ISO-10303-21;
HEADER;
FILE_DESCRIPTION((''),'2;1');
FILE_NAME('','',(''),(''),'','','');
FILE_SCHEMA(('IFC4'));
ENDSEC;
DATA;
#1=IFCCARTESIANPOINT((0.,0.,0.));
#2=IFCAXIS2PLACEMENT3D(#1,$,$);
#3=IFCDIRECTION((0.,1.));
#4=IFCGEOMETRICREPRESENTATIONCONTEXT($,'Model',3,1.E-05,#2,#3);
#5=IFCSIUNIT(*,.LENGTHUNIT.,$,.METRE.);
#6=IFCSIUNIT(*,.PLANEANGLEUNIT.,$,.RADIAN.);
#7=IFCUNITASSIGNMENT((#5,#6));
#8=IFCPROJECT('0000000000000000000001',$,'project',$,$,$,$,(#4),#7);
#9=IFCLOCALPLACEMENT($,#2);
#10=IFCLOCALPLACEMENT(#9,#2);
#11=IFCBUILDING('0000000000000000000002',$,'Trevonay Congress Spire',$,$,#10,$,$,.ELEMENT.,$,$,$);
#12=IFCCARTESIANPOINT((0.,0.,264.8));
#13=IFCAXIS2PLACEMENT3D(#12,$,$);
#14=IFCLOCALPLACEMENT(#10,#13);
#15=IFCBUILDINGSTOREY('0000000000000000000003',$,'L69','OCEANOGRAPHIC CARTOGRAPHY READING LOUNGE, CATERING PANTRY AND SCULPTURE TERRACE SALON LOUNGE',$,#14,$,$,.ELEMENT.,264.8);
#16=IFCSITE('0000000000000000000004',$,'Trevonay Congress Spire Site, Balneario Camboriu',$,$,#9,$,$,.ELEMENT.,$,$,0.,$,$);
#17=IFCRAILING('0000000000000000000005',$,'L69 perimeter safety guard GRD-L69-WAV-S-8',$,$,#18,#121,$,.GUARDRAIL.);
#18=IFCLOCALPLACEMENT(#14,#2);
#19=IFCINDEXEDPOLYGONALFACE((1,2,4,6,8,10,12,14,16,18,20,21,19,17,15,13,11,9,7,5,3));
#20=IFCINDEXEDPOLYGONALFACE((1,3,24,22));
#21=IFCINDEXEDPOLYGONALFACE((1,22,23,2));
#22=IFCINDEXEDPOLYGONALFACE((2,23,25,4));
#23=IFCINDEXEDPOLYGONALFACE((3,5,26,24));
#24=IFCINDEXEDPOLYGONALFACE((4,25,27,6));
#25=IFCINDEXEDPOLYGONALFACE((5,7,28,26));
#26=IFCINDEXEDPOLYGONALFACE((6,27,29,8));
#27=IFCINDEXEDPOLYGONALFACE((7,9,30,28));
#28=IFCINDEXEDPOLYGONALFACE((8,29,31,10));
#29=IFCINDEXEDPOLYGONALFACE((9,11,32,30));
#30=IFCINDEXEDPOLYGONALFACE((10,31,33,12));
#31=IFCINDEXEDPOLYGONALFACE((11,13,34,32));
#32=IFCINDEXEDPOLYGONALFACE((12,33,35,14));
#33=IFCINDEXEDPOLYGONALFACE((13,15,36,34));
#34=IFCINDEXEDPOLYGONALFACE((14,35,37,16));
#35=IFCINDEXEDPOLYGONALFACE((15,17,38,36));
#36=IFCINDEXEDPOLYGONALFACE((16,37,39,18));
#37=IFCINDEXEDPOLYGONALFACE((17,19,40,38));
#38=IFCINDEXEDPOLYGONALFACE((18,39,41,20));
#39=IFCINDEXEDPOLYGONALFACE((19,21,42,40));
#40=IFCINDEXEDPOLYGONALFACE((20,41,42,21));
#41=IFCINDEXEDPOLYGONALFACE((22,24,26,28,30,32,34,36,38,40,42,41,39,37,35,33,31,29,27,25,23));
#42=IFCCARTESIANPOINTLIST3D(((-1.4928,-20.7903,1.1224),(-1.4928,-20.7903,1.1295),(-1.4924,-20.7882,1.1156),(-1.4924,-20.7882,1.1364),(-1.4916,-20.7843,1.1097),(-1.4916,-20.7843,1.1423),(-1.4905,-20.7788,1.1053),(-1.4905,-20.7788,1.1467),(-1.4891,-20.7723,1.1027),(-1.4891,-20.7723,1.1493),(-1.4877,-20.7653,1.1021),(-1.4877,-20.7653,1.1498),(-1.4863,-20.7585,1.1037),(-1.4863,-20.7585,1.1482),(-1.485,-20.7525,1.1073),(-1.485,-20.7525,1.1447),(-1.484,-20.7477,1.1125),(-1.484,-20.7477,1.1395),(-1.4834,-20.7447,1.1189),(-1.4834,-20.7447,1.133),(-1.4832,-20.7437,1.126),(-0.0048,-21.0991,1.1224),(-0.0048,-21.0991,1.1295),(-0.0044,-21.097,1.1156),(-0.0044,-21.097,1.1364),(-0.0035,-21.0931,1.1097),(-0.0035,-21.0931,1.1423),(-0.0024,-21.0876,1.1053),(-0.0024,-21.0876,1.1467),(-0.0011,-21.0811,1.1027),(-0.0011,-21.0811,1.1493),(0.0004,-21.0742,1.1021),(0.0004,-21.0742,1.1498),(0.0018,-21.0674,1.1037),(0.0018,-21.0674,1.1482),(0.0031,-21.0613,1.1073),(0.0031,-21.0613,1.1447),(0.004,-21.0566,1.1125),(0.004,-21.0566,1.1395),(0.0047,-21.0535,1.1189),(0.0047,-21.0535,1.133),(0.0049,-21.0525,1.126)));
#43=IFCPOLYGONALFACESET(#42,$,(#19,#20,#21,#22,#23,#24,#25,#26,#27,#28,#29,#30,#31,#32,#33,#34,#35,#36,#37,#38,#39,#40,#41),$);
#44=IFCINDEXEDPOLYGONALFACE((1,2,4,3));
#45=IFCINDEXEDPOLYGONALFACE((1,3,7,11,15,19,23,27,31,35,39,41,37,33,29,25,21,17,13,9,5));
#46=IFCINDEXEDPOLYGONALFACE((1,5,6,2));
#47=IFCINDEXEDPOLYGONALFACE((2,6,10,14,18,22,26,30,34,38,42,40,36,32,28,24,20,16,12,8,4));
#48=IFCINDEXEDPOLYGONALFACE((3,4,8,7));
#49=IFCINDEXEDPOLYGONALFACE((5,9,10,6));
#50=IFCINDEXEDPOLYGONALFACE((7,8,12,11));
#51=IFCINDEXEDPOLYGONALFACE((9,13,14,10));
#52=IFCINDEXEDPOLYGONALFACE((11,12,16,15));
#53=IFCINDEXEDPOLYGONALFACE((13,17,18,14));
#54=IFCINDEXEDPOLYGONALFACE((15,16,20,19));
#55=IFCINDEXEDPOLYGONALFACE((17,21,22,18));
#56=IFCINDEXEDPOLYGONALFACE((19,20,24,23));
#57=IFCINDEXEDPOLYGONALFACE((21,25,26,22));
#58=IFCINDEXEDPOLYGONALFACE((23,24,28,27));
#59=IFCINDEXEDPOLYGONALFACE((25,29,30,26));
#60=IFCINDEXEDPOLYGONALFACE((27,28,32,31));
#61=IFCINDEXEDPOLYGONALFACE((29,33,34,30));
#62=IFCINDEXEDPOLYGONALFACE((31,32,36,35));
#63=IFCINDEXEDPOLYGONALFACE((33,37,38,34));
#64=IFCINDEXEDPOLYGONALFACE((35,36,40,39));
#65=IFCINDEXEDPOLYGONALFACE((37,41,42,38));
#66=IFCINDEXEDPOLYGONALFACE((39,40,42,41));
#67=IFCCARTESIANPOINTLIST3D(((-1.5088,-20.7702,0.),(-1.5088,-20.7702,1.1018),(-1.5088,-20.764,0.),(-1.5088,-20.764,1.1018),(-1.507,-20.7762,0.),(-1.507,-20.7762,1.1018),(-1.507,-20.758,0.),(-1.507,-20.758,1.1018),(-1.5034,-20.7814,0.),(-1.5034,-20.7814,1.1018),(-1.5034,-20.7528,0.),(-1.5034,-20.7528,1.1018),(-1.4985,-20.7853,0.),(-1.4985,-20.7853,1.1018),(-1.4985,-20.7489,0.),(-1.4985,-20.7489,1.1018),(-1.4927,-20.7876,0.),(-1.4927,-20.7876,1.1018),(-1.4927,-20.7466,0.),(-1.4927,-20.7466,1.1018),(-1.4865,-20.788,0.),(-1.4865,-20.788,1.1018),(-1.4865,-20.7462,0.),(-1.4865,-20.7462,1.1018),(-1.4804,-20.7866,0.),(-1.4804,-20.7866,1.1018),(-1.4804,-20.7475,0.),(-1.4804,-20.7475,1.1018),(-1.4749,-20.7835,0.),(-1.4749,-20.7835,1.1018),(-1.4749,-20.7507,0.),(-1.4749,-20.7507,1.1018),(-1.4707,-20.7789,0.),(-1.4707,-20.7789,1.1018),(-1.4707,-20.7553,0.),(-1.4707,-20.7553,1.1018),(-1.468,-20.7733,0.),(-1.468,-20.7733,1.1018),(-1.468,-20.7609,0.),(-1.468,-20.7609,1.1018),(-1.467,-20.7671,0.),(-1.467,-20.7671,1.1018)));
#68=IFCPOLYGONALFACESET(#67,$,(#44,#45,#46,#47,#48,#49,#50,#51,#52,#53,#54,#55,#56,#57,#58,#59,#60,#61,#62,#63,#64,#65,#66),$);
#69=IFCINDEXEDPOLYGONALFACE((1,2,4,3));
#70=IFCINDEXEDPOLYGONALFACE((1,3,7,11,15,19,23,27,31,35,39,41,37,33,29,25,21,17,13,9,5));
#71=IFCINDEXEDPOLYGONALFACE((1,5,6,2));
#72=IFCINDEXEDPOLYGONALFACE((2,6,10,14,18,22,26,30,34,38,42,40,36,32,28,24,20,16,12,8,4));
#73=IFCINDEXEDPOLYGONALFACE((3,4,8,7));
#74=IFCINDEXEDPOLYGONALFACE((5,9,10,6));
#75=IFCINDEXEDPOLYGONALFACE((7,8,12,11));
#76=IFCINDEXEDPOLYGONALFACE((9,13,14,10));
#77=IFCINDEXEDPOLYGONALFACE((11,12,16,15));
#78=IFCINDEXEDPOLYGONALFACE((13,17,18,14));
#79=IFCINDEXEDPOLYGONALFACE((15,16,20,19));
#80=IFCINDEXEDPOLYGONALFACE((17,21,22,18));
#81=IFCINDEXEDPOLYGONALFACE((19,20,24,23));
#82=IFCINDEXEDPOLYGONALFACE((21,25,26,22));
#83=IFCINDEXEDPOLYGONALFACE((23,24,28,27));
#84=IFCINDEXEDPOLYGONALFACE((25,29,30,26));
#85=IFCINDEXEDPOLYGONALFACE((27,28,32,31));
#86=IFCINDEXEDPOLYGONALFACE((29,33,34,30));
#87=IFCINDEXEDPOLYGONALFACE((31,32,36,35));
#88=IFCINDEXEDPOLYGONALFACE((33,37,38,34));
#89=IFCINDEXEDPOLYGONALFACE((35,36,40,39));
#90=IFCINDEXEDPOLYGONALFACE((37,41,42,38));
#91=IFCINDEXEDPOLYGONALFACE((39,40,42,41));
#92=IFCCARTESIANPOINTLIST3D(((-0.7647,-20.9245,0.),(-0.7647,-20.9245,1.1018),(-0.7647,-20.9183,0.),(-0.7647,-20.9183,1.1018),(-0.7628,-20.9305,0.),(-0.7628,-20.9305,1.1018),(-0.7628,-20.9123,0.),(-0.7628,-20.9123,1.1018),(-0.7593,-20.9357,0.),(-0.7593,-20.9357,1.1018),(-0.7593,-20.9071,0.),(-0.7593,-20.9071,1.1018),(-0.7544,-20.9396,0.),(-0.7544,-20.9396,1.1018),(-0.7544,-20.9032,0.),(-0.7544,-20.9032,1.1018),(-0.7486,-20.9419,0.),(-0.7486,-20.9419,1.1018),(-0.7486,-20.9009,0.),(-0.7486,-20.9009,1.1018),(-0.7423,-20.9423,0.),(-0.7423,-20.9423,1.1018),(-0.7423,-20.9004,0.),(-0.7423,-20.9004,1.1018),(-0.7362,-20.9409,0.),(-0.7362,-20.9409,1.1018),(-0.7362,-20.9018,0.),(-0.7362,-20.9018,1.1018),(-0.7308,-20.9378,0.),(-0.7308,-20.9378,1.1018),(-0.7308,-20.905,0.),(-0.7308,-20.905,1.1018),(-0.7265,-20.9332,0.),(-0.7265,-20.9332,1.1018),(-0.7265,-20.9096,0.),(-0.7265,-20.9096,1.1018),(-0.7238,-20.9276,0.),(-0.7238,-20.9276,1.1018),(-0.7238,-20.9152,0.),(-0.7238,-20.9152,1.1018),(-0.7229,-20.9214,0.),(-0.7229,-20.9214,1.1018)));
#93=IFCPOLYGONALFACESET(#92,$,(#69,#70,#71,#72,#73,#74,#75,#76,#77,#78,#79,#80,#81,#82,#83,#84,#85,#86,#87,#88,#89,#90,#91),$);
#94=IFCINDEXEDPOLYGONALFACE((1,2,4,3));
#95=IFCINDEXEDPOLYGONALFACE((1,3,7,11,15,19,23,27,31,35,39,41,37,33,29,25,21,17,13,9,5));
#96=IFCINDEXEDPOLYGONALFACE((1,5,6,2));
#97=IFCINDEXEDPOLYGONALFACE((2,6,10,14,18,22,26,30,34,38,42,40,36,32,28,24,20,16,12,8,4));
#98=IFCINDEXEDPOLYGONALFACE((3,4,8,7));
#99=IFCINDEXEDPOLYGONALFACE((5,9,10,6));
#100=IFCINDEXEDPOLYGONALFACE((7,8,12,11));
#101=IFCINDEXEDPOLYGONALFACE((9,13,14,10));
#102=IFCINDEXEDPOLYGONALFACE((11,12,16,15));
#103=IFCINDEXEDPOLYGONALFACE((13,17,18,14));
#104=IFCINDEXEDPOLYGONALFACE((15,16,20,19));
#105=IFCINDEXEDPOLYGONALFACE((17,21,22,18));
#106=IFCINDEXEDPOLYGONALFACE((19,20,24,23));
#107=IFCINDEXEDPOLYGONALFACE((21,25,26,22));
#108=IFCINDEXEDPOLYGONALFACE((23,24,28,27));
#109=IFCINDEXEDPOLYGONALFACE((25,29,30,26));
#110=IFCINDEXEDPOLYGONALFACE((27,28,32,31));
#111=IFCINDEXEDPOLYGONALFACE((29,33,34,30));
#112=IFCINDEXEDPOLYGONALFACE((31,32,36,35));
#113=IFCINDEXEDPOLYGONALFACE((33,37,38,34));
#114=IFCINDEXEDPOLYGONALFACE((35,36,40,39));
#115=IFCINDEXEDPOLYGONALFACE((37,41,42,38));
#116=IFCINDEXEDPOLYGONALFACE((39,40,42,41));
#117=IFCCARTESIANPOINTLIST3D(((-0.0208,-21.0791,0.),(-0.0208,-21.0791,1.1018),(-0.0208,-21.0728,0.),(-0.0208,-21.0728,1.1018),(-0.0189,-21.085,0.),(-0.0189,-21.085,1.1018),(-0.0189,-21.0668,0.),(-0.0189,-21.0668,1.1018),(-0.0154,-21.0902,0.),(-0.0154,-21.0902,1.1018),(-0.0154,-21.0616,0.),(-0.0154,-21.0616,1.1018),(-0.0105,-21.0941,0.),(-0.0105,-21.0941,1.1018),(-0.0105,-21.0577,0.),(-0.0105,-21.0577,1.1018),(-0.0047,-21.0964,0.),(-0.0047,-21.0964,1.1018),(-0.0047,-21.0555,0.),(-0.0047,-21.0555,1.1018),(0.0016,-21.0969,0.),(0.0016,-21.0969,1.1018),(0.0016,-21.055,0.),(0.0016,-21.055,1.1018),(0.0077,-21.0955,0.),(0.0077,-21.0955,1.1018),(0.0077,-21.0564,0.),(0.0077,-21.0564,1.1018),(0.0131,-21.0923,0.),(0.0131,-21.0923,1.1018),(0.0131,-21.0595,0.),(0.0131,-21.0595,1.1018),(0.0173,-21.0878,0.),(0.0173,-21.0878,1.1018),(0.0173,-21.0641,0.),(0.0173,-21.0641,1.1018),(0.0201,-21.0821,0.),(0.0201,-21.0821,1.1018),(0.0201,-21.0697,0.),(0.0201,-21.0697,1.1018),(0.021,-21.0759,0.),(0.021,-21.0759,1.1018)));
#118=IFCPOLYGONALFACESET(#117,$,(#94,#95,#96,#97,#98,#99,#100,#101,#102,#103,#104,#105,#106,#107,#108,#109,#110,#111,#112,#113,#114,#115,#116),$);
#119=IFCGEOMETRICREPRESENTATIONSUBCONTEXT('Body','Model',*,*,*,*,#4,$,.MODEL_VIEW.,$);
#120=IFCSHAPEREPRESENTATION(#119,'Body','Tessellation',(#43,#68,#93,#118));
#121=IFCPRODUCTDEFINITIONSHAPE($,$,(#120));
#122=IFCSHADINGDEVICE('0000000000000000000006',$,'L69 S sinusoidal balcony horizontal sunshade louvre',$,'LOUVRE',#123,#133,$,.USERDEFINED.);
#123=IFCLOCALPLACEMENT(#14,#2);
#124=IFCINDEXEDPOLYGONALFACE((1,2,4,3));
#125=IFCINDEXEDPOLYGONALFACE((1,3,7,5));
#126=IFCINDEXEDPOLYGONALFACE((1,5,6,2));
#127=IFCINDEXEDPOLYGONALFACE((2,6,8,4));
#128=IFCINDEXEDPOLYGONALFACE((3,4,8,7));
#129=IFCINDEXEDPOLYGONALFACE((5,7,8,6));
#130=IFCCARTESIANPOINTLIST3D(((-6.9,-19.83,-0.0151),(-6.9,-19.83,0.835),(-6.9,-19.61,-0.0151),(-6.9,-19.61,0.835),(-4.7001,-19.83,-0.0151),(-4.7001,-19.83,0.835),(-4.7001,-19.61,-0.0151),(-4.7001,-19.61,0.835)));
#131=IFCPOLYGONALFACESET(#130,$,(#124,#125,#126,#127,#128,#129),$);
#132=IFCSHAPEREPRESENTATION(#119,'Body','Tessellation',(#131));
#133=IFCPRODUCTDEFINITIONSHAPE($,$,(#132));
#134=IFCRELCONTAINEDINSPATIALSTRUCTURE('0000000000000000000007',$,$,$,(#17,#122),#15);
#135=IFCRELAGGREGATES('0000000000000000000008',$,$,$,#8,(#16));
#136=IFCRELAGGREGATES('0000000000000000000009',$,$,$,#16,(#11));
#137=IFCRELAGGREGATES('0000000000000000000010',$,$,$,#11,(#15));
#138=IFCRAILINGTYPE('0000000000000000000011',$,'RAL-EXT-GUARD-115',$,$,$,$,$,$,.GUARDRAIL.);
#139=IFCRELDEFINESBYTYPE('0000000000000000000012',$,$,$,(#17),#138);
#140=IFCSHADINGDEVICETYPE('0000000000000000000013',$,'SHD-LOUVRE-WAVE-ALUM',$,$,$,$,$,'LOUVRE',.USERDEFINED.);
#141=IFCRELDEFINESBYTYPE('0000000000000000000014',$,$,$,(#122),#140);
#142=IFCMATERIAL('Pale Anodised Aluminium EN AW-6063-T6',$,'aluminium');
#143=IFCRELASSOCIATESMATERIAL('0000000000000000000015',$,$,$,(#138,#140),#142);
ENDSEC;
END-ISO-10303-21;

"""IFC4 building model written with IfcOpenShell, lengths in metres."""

from ifc_helpers import new_model, si_unit, direction, frame, origin, origin_2d, place, context, subcontext, project, spatial, rectangle, circle, extrude, material, type_object, element, save


model = new_model("IFC4")

# Units and contexts
model_context = context("Model", 3, precision=1e-05, world=origin(), true_north=direction((0.0, 1.0)))
body_context = subcontext(model_context, "Body", "Model", "MODEL_VIEW")
ifc_project = project(units=[si_unit("LENGTHUNIT", "METRE"), si_unit("PLANEANGLEUNIT", "RADIAN")], contexts=[model_context])

# Site, building, storey
site_placement = place(None, origin())
site = spatial("IfcSite", under=ifc_project, at=site_placement, Name="Trevonay Congress Spire Site, Balneario Camboriu", CompositionType="ELEMENT", RefElevation=0.0)
building_placement = place(site_placement, origin())
building = spatial("IfcBuilding", under=site, at=building_placement, Name="Trevonay Congress Spire", CompositionType="ELEMENT")
storey_placement = place(building_placement, frame((0.0, 0.0, 264.8)))
storey = spatial("IfcBuildingStorey", under=building, at=storey_placement, Name="L69", Description="OCEANOGRAPHIC CARTOGRAPHY READING LOUNGE, CATERING PANTRY AND SCULPTURE TERRACE SALON LOUNGE", CompositionType="ELEMENT", Elevation=264.8)

# Shared definitions
ifc_material_1 = material(Name="Pale Anodised Aluminium EN AW-6063-T6", Category="aluminium")

# Railing
railing_type = type_object("IfcRailingType", Name="RAL-EXT-GUARD-115", PredefinedType="GUARDRAIL", material=ifc_material_1)
railing_1_placement = place(storey_placement, frame((-1.488, -20.7671, 0.0)))
element("IfcRailing", 1, at=railing_1_placement, inside=storey, type_object=railing_type, Name="L69 perimeter safety guard GRD-L69-WAV-S-8", PredefinedType="GUARDRAIL", context=body_context, shape_type="SweptSolid", body=[
    extrude(circle(Radius=0.0239, at=origin_2d()), frame((0.0, 0.0, 1.126), z_axis=(0.979134, -0.203216, 0.0), x_axis=(0.203216, 0.979134, 0.0)), (0.0, 0.0, 1.0), 1.5198),
    extrude(circle(Radius=0.021, at=origin_2d()), origin(), (0.0, 0.0, 1.0), 1.1018),
    extrude(circle(Radius=0.021, at=origin_2d()), frame((0.7441, -0.1543, 0.0)), (0.0, 0.0, 1.0), 1.1018),
    extrude(circle(Radius=0.021, at=origin_2d()), frame((1.488, -0.3088, 0.0)), (0.0, 0.0, 1.0), 1.1018),
])

# Shading device
shading_device_type = type_object("IfcShadingDeviceType", Name="SHD-LOUVRE-WAVE-ALUM", ElementType="LOUVRE", PredefinedType="USERDEFINED", material=ifc_material_1)
shading_device_placement = place(storey_placement, frame((-5.8, -19.72, -0.0151), z_axis=(0.0, 0.0, 1.0), x_axis=(1.0, 0.0, 0.0)))
element("IfcShadingDevice", 2, at=shading_device_placement, inside=storey, type_object=shading_device_type, Name="L69 S sinusoidal balcony horizontal sunshade louvre", ObjectType="LOUVRE", PredefinedType="USERDEFINED", context=body_context, shape_type="SweptSolid", body=[
    extrude(rectangle(XDim=2.2, YDim=0.22, at=origin_2d()), origin(), (0.0, 0.0, 1.0), 0.8501),
])

save(model, "model.ifc")
